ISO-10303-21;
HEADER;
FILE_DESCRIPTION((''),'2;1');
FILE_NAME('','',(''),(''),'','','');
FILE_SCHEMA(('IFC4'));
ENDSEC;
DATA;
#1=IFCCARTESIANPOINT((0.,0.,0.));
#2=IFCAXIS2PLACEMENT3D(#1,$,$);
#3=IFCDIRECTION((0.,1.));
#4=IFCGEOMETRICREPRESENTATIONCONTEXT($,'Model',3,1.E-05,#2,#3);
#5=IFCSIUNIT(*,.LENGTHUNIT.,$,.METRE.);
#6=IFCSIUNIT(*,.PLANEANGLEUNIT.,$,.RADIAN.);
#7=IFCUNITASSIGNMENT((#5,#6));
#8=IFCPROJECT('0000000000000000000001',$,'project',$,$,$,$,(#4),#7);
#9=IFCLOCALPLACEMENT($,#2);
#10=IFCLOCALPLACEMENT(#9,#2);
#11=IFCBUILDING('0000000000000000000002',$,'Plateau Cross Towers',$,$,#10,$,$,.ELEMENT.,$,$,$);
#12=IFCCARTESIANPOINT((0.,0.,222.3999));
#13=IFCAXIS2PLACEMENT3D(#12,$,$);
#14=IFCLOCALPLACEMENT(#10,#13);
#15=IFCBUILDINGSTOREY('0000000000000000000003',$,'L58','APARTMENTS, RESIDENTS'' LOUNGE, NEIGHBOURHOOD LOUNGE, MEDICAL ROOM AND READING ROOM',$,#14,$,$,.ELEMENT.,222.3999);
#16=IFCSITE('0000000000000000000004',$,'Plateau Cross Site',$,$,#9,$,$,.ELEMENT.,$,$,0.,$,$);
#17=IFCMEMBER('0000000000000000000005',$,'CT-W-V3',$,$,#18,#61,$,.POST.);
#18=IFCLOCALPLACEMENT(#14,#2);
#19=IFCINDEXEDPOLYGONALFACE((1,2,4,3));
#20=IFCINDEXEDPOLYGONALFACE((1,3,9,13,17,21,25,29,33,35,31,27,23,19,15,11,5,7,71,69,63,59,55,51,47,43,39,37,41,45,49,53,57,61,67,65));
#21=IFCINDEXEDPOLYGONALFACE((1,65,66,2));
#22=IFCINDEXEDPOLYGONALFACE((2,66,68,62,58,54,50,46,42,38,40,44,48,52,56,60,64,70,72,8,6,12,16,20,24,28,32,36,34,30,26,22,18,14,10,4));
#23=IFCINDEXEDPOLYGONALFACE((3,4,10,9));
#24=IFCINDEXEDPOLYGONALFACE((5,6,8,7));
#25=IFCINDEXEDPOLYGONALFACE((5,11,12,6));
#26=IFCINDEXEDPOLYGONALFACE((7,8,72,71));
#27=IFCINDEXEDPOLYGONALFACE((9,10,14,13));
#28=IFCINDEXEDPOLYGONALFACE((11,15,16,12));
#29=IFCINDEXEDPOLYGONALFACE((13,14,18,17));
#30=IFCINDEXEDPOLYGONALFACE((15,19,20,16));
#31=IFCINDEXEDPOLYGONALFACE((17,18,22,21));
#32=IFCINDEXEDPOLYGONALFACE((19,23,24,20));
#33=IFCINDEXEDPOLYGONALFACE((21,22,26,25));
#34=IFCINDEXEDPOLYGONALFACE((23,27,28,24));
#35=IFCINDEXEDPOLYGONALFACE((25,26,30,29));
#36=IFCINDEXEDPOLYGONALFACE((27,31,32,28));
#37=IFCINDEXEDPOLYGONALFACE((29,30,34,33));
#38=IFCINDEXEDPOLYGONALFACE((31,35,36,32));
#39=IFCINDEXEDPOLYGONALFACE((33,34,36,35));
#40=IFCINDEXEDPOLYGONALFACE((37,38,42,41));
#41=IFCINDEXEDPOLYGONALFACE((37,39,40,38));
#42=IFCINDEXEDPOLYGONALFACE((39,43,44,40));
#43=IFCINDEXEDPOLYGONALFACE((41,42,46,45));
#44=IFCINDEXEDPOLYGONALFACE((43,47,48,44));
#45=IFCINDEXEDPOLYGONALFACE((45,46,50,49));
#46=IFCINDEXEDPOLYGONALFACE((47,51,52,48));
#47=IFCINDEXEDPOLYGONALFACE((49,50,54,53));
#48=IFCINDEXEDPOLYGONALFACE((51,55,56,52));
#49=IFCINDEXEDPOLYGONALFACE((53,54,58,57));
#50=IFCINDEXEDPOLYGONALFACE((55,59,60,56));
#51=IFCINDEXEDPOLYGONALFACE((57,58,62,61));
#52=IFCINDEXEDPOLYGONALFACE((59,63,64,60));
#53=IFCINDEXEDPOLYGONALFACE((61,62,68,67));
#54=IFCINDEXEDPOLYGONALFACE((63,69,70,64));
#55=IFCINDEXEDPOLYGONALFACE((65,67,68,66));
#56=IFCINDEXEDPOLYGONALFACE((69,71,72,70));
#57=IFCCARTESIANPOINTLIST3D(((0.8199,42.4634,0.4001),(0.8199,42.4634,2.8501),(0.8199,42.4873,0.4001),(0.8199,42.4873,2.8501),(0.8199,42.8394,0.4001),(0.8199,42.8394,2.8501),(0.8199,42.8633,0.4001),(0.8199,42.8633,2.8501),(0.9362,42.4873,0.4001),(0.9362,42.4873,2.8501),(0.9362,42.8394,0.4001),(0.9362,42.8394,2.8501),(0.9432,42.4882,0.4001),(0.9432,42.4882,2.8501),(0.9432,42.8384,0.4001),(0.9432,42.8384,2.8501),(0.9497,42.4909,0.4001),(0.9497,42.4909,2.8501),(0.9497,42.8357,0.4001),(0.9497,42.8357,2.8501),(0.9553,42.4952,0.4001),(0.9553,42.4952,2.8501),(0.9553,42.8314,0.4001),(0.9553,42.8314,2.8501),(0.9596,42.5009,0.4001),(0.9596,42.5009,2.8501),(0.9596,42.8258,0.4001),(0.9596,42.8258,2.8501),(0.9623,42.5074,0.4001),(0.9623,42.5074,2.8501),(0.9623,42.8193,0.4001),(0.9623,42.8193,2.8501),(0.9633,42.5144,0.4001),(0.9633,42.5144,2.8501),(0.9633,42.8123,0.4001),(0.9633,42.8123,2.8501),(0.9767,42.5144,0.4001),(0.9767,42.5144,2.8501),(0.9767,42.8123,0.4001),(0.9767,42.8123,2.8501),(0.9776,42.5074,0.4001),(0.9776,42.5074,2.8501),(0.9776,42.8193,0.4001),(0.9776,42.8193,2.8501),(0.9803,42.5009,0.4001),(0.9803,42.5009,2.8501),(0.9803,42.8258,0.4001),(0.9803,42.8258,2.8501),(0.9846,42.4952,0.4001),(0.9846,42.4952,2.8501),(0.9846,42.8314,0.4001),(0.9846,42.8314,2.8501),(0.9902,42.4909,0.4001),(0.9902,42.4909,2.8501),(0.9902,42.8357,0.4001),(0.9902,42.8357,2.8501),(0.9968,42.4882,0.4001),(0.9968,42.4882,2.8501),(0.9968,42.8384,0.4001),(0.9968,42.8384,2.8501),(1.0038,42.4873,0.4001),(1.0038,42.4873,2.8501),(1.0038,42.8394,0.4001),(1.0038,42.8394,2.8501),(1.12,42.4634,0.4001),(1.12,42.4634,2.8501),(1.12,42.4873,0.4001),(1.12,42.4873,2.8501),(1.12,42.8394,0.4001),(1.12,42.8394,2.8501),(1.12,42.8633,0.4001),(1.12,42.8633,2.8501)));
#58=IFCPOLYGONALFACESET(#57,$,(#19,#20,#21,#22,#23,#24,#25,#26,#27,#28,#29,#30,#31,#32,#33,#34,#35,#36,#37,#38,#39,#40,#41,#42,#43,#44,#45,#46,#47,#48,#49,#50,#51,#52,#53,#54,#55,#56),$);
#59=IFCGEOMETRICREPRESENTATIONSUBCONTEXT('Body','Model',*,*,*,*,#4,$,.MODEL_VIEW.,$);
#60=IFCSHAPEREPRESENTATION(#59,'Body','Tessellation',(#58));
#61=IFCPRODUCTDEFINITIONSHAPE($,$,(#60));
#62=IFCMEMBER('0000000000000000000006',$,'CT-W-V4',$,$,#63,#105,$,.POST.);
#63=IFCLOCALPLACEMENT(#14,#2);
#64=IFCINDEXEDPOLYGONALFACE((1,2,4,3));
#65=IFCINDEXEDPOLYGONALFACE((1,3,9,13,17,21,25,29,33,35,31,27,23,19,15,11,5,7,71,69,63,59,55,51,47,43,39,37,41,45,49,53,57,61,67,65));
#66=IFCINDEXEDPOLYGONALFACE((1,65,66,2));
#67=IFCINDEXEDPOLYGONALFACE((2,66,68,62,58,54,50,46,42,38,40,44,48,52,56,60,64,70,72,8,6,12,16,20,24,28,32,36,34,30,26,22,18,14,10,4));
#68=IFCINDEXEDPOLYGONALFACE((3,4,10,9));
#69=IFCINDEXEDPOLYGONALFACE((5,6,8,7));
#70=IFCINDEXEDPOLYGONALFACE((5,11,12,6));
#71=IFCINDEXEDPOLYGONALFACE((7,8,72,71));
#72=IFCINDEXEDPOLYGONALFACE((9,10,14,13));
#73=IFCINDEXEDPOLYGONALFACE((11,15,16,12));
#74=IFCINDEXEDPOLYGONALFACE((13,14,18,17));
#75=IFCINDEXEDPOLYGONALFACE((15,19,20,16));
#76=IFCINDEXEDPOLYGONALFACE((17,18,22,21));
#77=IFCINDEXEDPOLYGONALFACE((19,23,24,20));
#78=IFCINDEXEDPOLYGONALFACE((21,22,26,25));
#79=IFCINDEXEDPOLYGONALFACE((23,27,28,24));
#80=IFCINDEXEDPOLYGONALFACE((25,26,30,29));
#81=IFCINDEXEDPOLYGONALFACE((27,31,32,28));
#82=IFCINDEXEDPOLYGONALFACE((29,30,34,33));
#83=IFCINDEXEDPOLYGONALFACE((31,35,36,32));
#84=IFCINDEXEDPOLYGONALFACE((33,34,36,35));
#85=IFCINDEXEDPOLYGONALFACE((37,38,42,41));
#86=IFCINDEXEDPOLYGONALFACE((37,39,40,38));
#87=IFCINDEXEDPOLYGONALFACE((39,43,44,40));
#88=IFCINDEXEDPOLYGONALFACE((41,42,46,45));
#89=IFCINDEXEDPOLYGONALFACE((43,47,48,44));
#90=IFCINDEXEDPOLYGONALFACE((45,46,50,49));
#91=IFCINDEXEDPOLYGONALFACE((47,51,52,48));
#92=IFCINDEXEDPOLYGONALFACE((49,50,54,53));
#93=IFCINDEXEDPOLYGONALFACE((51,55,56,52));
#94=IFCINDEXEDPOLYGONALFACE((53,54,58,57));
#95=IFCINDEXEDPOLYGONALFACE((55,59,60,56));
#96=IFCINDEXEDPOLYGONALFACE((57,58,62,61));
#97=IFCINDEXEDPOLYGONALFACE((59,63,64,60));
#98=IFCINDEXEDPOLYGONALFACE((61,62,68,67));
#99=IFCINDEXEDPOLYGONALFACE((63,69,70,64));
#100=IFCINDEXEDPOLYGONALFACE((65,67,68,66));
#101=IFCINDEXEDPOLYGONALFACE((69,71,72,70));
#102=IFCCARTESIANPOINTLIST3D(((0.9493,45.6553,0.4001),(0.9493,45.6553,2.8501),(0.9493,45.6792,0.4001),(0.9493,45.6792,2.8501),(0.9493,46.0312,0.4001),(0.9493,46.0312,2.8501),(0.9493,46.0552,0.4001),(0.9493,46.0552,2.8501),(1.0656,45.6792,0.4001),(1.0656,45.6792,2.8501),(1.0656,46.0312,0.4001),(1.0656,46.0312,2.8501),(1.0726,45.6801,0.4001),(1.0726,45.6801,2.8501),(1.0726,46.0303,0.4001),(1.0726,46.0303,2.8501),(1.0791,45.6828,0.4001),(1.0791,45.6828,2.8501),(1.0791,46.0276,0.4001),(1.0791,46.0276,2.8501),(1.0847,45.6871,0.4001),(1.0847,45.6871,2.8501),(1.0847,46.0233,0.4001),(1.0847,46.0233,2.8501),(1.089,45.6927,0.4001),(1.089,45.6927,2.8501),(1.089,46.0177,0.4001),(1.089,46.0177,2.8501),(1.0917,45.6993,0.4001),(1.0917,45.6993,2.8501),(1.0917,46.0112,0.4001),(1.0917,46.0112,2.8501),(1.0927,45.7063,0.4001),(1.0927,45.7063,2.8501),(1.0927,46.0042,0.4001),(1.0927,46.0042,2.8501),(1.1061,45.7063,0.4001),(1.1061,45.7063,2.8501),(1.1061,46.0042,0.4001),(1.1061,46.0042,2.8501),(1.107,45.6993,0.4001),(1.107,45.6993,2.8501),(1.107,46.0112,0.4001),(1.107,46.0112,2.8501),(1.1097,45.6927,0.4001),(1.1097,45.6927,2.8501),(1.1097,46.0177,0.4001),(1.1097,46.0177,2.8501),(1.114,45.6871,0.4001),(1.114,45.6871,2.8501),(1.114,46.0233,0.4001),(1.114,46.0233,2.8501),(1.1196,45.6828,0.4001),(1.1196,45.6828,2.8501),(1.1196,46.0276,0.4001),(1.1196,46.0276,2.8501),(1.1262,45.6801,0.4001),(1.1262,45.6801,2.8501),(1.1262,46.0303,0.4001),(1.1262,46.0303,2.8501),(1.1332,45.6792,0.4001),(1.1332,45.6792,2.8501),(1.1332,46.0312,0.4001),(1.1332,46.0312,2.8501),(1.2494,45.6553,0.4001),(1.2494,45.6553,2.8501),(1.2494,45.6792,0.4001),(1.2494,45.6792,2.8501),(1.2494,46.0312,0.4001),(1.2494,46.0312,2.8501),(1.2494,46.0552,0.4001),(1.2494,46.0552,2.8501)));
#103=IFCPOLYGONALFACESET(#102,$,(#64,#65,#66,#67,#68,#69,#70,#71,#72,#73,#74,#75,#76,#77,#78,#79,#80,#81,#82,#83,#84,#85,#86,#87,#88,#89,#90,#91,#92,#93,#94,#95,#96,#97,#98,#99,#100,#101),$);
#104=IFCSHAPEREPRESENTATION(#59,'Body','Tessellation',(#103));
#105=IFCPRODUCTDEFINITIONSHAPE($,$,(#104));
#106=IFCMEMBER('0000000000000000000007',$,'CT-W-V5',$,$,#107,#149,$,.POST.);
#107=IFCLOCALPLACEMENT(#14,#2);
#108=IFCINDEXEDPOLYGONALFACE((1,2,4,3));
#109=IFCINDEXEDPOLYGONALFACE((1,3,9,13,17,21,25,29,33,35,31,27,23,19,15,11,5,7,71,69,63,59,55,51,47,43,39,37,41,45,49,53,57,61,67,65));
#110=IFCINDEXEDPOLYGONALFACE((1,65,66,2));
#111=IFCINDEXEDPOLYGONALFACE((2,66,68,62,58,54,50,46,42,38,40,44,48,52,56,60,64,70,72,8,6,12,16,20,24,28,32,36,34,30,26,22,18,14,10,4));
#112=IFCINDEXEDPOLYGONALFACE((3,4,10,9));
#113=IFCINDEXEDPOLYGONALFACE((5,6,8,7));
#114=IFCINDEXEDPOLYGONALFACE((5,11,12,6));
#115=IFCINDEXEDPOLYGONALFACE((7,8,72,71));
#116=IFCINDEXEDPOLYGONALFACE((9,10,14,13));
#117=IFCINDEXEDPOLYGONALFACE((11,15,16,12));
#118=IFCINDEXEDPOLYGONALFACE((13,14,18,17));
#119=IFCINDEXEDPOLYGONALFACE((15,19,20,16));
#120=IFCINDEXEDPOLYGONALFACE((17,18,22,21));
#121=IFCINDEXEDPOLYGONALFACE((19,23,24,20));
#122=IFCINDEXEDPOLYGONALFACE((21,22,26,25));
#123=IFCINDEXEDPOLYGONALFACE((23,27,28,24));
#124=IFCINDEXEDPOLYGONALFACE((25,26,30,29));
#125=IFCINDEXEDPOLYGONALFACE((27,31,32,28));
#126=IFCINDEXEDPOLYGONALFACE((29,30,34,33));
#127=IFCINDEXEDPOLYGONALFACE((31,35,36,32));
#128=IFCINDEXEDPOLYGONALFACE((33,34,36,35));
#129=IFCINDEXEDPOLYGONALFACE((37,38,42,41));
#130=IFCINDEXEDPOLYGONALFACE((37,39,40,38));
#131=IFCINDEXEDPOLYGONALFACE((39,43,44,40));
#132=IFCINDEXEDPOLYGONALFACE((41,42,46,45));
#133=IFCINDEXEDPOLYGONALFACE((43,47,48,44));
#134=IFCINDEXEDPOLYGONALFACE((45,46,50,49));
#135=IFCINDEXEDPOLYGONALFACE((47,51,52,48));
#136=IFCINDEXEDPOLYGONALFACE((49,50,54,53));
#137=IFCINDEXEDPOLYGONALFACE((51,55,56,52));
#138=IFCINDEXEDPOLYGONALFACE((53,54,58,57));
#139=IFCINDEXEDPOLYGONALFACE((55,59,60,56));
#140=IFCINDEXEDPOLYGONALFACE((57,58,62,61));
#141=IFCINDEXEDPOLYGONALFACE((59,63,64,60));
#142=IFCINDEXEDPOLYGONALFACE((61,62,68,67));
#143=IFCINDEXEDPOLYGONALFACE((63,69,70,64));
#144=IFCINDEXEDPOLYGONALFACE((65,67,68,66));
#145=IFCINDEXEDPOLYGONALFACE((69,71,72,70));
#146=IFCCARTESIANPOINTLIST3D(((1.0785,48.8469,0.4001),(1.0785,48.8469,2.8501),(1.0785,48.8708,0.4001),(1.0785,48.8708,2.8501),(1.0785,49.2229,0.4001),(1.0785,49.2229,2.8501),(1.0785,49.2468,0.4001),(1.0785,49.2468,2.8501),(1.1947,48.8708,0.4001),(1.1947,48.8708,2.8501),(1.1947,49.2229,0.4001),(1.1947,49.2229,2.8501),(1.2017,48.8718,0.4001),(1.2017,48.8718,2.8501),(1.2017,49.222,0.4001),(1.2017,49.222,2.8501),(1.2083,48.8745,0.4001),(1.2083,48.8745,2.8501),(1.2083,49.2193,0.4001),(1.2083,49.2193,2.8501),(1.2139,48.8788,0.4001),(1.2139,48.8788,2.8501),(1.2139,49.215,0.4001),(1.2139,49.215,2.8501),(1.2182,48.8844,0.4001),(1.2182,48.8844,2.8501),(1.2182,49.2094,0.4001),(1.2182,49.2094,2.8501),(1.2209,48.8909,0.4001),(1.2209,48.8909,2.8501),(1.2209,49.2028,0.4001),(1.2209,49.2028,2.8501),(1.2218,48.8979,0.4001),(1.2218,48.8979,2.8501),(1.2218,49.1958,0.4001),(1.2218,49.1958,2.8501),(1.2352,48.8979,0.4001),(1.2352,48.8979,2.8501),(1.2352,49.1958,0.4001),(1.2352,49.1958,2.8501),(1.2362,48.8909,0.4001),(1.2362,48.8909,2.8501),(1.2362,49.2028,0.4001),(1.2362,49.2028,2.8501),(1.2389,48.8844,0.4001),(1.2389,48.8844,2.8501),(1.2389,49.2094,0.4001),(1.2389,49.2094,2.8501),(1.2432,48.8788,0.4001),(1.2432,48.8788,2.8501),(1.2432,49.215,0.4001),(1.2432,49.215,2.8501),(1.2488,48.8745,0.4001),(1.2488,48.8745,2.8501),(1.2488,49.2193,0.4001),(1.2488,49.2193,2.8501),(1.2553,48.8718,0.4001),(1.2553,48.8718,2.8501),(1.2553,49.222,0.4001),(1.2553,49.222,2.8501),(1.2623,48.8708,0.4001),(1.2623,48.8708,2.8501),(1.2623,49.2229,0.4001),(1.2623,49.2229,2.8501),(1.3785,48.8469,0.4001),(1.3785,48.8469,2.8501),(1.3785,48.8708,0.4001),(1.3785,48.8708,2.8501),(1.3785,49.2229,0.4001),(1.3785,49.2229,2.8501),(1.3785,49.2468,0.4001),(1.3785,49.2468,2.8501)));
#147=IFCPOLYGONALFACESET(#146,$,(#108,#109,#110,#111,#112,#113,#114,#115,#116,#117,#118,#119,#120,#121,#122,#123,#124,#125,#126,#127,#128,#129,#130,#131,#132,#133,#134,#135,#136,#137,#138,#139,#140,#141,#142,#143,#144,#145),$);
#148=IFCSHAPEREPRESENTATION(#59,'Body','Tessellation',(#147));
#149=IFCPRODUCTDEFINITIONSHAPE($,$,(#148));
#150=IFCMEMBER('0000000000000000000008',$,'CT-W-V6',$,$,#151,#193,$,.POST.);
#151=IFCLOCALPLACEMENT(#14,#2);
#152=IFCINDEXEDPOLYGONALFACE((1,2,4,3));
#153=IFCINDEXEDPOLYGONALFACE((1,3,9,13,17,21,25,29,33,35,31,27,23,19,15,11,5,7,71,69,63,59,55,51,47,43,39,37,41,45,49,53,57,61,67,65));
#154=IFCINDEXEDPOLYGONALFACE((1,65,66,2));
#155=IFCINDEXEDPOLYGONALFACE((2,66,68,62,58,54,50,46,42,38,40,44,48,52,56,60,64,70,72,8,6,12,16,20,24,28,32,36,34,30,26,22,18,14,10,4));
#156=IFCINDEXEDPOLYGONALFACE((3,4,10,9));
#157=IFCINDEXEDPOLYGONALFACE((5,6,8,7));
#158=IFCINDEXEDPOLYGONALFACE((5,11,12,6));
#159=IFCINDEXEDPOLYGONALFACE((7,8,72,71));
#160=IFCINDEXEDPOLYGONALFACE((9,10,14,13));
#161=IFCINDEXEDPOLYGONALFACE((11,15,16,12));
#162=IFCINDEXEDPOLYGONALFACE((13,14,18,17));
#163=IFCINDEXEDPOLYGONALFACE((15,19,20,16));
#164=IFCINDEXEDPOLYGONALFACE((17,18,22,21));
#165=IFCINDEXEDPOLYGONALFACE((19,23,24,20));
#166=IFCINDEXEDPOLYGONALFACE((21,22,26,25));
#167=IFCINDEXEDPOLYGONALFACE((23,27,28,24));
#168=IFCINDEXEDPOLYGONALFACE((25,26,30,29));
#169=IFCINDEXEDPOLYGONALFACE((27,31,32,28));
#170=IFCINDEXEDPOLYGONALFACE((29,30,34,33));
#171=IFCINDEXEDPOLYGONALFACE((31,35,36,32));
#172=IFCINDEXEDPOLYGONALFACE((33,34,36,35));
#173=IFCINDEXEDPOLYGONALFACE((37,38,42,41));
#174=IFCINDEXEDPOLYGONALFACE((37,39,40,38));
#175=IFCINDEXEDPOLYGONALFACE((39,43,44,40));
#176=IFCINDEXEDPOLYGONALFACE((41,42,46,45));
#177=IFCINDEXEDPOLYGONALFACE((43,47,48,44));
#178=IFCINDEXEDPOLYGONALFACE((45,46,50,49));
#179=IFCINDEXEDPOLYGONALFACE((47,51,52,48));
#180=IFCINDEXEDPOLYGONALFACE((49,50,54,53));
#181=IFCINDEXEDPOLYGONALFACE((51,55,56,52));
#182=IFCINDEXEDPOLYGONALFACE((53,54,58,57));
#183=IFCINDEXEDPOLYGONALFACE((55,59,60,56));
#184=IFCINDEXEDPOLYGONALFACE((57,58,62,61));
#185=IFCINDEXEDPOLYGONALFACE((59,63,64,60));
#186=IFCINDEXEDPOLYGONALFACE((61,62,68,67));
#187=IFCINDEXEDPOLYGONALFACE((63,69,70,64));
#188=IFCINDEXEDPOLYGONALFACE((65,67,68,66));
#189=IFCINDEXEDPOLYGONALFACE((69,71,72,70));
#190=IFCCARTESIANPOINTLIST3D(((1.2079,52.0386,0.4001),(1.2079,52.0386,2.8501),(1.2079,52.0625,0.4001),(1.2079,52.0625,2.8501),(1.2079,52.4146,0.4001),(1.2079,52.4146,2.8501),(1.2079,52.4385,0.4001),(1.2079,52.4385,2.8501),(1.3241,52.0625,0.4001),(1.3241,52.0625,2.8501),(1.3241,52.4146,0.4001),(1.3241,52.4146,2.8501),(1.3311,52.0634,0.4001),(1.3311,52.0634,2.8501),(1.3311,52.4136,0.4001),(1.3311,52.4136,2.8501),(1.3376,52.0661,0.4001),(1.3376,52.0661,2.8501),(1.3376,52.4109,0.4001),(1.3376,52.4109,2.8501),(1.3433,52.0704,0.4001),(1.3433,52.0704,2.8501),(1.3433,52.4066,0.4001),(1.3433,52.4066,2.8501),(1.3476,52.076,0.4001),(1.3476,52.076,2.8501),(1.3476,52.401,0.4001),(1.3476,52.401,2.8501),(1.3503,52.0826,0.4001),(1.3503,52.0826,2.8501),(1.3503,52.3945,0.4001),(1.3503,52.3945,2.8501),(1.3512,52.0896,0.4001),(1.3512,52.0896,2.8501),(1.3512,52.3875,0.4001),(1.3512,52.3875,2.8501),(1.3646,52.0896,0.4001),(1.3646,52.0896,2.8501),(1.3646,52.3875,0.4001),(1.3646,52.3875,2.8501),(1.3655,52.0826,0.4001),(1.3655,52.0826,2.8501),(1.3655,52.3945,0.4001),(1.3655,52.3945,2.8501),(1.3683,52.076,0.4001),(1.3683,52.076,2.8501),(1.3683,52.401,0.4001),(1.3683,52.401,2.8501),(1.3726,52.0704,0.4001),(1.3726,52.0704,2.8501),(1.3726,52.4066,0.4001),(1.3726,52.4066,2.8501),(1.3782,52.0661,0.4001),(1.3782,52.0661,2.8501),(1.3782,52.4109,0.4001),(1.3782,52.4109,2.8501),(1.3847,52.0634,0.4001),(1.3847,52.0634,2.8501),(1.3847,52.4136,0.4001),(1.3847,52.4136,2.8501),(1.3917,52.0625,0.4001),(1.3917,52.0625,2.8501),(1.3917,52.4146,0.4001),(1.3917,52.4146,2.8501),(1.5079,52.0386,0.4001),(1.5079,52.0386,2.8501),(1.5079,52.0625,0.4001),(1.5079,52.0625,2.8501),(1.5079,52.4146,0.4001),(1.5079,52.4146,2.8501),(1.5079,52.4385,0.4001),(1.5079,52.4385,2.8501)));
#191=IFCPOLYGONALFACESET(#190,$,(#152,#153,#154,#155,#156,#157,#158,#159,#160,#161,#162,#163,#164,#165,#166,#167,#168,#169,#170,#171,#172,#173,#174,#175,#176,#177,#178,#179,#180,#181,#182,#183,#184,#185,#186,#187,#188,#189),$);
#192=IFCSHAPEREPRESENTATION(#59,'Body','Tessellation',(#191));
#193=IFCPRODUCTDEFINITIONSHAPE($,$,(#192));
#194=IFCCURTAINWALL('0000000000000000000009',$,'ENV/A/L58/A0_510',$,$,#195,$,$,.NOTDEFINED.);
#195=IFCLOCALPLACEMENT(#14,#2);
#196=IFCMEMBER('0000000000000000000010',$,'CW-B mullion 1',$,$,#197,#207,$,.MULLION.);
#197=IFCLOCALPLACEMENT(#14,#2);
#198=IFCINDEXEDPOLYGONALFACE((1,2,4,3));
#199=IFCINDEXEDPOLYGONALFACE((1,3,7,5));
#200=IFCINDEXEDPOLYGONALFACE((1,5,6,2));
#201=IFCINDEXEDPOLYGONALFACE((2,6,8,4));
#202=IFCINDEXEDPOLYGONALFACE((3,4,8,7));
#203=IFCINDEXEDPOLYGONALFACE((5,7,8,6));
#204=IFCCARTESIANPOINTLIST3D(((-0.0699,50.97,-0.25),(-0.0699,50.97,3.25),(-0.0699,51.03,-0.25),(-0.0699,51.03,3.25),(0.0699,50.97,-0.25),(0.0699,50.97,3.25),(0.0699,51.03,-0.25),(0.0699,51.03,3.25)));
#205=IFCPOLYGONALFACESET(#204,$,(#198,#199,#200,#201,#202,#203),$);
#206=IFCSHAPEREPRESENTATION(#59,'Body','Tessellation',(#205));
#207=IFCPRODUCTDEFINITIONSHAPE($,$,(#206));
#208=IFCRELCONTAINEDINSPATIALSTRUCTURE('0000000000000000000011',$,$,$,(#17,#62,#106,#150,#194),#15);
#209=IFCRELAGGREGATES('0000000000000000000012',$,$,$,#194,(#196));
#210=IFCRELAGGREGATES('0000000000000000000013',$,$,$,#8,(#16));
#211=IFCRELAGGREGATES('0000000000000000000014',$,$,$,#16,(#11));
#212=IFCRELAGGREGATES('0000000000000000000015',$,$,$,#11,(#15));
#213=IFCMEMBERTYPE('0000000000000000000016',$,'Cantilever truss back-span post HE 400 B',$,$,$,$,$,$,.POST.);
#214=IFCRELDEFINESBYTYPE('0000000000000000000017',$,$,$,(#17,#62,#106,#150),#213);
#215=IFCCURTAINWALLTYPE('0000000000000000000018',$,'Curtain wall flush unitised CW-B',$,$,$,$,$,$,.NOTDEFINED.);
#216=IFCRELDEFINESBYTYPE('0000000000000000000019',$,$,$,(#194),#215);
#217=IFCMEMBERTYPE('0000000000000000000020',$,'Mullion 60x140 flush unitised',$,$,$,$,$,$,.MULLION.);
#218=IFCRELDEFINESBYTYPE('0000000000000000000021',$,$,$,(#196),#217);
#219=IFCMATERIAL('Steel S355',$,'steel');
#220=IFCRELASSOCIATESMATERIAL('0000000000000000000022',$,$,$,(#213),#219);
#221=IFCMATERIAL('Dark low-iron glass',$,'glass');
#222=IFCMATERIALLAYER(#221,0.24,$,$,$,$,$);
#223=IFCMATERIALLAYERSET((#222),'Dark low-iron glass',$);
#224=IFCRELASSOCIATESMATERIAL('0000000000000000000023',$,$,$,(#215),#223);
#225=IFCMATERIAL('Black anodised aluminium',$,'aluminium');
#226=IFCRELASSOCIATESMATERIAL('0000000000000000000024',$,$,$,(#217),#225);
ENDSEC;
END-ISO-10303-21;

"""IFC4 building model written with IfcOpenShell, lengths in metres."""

from ifc_helpers import new_model, si_unit, direction, frame, origin, origin_2d, place, context, subcontext, project, spatial, rectangle, i_section, extrude, material, layer, layer_set, material_profile, profile_set, type_object, element, aggregate, save


model = new_model("IFC4")

# Units and contexts
model_context = context("Model", 3, precision=1e-05, world=origin(), true_north=direction((0.0, 1.0)))
body_context = subcontext(model_context, "Body", "Model", "MODEL_VIEW")
ifc_project = project(units=[si_unit("LENGTHUNIT", "METRE"), si_unit("PLANEANGLEUNIT", "RADIAN")], contexts=[model_context])

# Site, building, storey
site_placement = place(None, origin())
site = spatial("IfcSite", under=ifc_project, at=site_placement, Name="Plateau Cross Site", CompositionType="ELEMENT", RefElevation=0.0)
building_placement = place(site_placement, origin())
building = spatial("IfcBuilding", under=site, at=building_placement, Name="Plateau Cross Towers", CompositionType="ELEMENT")
storey_placement = place(building_placement, frame((0.0, 0.0, 222.3999)))
storey = spatial("IfcBuildingStorey", under=building, at=storey_placement, Name="L58", Description="APARTMENTS, RESIDENTS' LOUNGE, NEIGHBOURHOOD LOUNGE, MEDICAL ROOM AND READING ROOM", CompositionType="ELEMENT", Elevation=222.3999)

# Members
ifc_material_1 = material(Name="Steel S355", Category="steel")
ifc_material_profile_1 = material_profile(ifc_material_1, i_section(OverallWidth=0.3, OverallDepth=0.3999, WebThickness=0.0134, FlangeThickness=0.0239, FilletRadius=0.0271, at=origin_2d()), Name="HE 400 B")
ifc_profile_set_1 = profile_set([ifc_material_profile_1], Name="Steel S355")
member_type_1 = type_object("IfcMemberType", Name="Cantilever truss back-span post HE 400 B", PredefinedType="POST", material=ifc_profile_set_1)
for number, where, z_axis, x_axis, name in (
    (1, (0.97, 42.6633, 0.4001), (0.0, 0.0, 1.0), (1.0, 0.0, 0.0), "CT-W-V3"),
    (2, (1.0994, 45.8552, 0.4001), (0.0, 0.0, 1.0), (1.0, 0.0, 0.0), "CT-W-V4"),
    (3, (1.2285, 49.0469, 0.4001), (0.0, 0.0, 1.0), (1.0, 0.0, 0.0), "CT-W-V5"),
    (4, (1.3579, 52.2385, 0.4001), (0.0, 0.0, 1.0), (1.0, 0.0, 0.0), "CT-W-V6"),
):
    element("IfcMember", number, at=place(storey_placement, frame(where, z_axis=z_axis, x_axis=x_axis)), inside=storey, type_object=member_type_1, Name=name, PredefinedType="POST", context=body_context, shape_type="SweptSolid", body=[
        extrude(i_section(OverallWidth=0.3, OverallDepth=0.3999, WebThickness=0.0134, FlangeThickness=0.0239, FilletRadius=0.0271, at=origin_2d()), origin(), (0.0, 0.0, 1.0), 2.45),
    ])

# Curtain wall, member
ifc_material_2 = material(Name="Dark low-iron glass", Category="glass")
ifc_layer_1 = layer(ifc_material_2, 0.24)
ifc_layer_set_1 = layer_set([ifc_layer_1], Name="Dark low-iron glass")
curtain_wall_type = type_object("IfcCurtainWallType", Name="Curtain wall flush unitised CW-B", PredefinedType="NOTDEFINED", material=ifc_layer_set_1)
curtain_wall_1_placement = place(storey_placement, origin())
curtain_wall_1 = element("IfcCurtainWall", 5, at=curtain_wall_1_placement, inside=storey, type_object=curtain_wall_type, Name="ENV/A/L58/A0_510", PredefinedType="NOTDEFINED")
ifc_material_3 = material(Name="Black anodised aluminium", Category="aluminium")
ifc_material_profile_2 = material_profile(ifc_material_3, rectangle(XDim=0.0601, YDim=0.1399, at=origin_2d()), Name="MULLION 60x140")
ifc_profile_set_2 = profile_set([ifc_material_profile_2], Name="Black anodised aluminium")
member_type_2 = type_object("IfcMemberType", Name="Mullion 60x140 flush unitised", PredefinedType="MULLION", material=ifc_profile_set_2)
member_1_placement = place(storey_placement, frame((0.0, 51.0, -0.25), z_axis=(0.0, 0.0, 1.0), x_axis=(0.0, -1.0, 0.0)))
member_1 = element("IfcMember", 6, at=member_1_placement, type_object=member_type_2, Name="CW-B mullion 1", PredefinedType="MULLION", context=body_context, shape_type="SweptSolid", body=[
    extrude(rectangle(XDim=0.0601, YDim=0.1399, at=origin_2d()), origin(), (0.0, 0.0, 1.0), 3.5),
])
aggregate(curtain_wall_1, [member_1])

save(model, "model.ifc")
